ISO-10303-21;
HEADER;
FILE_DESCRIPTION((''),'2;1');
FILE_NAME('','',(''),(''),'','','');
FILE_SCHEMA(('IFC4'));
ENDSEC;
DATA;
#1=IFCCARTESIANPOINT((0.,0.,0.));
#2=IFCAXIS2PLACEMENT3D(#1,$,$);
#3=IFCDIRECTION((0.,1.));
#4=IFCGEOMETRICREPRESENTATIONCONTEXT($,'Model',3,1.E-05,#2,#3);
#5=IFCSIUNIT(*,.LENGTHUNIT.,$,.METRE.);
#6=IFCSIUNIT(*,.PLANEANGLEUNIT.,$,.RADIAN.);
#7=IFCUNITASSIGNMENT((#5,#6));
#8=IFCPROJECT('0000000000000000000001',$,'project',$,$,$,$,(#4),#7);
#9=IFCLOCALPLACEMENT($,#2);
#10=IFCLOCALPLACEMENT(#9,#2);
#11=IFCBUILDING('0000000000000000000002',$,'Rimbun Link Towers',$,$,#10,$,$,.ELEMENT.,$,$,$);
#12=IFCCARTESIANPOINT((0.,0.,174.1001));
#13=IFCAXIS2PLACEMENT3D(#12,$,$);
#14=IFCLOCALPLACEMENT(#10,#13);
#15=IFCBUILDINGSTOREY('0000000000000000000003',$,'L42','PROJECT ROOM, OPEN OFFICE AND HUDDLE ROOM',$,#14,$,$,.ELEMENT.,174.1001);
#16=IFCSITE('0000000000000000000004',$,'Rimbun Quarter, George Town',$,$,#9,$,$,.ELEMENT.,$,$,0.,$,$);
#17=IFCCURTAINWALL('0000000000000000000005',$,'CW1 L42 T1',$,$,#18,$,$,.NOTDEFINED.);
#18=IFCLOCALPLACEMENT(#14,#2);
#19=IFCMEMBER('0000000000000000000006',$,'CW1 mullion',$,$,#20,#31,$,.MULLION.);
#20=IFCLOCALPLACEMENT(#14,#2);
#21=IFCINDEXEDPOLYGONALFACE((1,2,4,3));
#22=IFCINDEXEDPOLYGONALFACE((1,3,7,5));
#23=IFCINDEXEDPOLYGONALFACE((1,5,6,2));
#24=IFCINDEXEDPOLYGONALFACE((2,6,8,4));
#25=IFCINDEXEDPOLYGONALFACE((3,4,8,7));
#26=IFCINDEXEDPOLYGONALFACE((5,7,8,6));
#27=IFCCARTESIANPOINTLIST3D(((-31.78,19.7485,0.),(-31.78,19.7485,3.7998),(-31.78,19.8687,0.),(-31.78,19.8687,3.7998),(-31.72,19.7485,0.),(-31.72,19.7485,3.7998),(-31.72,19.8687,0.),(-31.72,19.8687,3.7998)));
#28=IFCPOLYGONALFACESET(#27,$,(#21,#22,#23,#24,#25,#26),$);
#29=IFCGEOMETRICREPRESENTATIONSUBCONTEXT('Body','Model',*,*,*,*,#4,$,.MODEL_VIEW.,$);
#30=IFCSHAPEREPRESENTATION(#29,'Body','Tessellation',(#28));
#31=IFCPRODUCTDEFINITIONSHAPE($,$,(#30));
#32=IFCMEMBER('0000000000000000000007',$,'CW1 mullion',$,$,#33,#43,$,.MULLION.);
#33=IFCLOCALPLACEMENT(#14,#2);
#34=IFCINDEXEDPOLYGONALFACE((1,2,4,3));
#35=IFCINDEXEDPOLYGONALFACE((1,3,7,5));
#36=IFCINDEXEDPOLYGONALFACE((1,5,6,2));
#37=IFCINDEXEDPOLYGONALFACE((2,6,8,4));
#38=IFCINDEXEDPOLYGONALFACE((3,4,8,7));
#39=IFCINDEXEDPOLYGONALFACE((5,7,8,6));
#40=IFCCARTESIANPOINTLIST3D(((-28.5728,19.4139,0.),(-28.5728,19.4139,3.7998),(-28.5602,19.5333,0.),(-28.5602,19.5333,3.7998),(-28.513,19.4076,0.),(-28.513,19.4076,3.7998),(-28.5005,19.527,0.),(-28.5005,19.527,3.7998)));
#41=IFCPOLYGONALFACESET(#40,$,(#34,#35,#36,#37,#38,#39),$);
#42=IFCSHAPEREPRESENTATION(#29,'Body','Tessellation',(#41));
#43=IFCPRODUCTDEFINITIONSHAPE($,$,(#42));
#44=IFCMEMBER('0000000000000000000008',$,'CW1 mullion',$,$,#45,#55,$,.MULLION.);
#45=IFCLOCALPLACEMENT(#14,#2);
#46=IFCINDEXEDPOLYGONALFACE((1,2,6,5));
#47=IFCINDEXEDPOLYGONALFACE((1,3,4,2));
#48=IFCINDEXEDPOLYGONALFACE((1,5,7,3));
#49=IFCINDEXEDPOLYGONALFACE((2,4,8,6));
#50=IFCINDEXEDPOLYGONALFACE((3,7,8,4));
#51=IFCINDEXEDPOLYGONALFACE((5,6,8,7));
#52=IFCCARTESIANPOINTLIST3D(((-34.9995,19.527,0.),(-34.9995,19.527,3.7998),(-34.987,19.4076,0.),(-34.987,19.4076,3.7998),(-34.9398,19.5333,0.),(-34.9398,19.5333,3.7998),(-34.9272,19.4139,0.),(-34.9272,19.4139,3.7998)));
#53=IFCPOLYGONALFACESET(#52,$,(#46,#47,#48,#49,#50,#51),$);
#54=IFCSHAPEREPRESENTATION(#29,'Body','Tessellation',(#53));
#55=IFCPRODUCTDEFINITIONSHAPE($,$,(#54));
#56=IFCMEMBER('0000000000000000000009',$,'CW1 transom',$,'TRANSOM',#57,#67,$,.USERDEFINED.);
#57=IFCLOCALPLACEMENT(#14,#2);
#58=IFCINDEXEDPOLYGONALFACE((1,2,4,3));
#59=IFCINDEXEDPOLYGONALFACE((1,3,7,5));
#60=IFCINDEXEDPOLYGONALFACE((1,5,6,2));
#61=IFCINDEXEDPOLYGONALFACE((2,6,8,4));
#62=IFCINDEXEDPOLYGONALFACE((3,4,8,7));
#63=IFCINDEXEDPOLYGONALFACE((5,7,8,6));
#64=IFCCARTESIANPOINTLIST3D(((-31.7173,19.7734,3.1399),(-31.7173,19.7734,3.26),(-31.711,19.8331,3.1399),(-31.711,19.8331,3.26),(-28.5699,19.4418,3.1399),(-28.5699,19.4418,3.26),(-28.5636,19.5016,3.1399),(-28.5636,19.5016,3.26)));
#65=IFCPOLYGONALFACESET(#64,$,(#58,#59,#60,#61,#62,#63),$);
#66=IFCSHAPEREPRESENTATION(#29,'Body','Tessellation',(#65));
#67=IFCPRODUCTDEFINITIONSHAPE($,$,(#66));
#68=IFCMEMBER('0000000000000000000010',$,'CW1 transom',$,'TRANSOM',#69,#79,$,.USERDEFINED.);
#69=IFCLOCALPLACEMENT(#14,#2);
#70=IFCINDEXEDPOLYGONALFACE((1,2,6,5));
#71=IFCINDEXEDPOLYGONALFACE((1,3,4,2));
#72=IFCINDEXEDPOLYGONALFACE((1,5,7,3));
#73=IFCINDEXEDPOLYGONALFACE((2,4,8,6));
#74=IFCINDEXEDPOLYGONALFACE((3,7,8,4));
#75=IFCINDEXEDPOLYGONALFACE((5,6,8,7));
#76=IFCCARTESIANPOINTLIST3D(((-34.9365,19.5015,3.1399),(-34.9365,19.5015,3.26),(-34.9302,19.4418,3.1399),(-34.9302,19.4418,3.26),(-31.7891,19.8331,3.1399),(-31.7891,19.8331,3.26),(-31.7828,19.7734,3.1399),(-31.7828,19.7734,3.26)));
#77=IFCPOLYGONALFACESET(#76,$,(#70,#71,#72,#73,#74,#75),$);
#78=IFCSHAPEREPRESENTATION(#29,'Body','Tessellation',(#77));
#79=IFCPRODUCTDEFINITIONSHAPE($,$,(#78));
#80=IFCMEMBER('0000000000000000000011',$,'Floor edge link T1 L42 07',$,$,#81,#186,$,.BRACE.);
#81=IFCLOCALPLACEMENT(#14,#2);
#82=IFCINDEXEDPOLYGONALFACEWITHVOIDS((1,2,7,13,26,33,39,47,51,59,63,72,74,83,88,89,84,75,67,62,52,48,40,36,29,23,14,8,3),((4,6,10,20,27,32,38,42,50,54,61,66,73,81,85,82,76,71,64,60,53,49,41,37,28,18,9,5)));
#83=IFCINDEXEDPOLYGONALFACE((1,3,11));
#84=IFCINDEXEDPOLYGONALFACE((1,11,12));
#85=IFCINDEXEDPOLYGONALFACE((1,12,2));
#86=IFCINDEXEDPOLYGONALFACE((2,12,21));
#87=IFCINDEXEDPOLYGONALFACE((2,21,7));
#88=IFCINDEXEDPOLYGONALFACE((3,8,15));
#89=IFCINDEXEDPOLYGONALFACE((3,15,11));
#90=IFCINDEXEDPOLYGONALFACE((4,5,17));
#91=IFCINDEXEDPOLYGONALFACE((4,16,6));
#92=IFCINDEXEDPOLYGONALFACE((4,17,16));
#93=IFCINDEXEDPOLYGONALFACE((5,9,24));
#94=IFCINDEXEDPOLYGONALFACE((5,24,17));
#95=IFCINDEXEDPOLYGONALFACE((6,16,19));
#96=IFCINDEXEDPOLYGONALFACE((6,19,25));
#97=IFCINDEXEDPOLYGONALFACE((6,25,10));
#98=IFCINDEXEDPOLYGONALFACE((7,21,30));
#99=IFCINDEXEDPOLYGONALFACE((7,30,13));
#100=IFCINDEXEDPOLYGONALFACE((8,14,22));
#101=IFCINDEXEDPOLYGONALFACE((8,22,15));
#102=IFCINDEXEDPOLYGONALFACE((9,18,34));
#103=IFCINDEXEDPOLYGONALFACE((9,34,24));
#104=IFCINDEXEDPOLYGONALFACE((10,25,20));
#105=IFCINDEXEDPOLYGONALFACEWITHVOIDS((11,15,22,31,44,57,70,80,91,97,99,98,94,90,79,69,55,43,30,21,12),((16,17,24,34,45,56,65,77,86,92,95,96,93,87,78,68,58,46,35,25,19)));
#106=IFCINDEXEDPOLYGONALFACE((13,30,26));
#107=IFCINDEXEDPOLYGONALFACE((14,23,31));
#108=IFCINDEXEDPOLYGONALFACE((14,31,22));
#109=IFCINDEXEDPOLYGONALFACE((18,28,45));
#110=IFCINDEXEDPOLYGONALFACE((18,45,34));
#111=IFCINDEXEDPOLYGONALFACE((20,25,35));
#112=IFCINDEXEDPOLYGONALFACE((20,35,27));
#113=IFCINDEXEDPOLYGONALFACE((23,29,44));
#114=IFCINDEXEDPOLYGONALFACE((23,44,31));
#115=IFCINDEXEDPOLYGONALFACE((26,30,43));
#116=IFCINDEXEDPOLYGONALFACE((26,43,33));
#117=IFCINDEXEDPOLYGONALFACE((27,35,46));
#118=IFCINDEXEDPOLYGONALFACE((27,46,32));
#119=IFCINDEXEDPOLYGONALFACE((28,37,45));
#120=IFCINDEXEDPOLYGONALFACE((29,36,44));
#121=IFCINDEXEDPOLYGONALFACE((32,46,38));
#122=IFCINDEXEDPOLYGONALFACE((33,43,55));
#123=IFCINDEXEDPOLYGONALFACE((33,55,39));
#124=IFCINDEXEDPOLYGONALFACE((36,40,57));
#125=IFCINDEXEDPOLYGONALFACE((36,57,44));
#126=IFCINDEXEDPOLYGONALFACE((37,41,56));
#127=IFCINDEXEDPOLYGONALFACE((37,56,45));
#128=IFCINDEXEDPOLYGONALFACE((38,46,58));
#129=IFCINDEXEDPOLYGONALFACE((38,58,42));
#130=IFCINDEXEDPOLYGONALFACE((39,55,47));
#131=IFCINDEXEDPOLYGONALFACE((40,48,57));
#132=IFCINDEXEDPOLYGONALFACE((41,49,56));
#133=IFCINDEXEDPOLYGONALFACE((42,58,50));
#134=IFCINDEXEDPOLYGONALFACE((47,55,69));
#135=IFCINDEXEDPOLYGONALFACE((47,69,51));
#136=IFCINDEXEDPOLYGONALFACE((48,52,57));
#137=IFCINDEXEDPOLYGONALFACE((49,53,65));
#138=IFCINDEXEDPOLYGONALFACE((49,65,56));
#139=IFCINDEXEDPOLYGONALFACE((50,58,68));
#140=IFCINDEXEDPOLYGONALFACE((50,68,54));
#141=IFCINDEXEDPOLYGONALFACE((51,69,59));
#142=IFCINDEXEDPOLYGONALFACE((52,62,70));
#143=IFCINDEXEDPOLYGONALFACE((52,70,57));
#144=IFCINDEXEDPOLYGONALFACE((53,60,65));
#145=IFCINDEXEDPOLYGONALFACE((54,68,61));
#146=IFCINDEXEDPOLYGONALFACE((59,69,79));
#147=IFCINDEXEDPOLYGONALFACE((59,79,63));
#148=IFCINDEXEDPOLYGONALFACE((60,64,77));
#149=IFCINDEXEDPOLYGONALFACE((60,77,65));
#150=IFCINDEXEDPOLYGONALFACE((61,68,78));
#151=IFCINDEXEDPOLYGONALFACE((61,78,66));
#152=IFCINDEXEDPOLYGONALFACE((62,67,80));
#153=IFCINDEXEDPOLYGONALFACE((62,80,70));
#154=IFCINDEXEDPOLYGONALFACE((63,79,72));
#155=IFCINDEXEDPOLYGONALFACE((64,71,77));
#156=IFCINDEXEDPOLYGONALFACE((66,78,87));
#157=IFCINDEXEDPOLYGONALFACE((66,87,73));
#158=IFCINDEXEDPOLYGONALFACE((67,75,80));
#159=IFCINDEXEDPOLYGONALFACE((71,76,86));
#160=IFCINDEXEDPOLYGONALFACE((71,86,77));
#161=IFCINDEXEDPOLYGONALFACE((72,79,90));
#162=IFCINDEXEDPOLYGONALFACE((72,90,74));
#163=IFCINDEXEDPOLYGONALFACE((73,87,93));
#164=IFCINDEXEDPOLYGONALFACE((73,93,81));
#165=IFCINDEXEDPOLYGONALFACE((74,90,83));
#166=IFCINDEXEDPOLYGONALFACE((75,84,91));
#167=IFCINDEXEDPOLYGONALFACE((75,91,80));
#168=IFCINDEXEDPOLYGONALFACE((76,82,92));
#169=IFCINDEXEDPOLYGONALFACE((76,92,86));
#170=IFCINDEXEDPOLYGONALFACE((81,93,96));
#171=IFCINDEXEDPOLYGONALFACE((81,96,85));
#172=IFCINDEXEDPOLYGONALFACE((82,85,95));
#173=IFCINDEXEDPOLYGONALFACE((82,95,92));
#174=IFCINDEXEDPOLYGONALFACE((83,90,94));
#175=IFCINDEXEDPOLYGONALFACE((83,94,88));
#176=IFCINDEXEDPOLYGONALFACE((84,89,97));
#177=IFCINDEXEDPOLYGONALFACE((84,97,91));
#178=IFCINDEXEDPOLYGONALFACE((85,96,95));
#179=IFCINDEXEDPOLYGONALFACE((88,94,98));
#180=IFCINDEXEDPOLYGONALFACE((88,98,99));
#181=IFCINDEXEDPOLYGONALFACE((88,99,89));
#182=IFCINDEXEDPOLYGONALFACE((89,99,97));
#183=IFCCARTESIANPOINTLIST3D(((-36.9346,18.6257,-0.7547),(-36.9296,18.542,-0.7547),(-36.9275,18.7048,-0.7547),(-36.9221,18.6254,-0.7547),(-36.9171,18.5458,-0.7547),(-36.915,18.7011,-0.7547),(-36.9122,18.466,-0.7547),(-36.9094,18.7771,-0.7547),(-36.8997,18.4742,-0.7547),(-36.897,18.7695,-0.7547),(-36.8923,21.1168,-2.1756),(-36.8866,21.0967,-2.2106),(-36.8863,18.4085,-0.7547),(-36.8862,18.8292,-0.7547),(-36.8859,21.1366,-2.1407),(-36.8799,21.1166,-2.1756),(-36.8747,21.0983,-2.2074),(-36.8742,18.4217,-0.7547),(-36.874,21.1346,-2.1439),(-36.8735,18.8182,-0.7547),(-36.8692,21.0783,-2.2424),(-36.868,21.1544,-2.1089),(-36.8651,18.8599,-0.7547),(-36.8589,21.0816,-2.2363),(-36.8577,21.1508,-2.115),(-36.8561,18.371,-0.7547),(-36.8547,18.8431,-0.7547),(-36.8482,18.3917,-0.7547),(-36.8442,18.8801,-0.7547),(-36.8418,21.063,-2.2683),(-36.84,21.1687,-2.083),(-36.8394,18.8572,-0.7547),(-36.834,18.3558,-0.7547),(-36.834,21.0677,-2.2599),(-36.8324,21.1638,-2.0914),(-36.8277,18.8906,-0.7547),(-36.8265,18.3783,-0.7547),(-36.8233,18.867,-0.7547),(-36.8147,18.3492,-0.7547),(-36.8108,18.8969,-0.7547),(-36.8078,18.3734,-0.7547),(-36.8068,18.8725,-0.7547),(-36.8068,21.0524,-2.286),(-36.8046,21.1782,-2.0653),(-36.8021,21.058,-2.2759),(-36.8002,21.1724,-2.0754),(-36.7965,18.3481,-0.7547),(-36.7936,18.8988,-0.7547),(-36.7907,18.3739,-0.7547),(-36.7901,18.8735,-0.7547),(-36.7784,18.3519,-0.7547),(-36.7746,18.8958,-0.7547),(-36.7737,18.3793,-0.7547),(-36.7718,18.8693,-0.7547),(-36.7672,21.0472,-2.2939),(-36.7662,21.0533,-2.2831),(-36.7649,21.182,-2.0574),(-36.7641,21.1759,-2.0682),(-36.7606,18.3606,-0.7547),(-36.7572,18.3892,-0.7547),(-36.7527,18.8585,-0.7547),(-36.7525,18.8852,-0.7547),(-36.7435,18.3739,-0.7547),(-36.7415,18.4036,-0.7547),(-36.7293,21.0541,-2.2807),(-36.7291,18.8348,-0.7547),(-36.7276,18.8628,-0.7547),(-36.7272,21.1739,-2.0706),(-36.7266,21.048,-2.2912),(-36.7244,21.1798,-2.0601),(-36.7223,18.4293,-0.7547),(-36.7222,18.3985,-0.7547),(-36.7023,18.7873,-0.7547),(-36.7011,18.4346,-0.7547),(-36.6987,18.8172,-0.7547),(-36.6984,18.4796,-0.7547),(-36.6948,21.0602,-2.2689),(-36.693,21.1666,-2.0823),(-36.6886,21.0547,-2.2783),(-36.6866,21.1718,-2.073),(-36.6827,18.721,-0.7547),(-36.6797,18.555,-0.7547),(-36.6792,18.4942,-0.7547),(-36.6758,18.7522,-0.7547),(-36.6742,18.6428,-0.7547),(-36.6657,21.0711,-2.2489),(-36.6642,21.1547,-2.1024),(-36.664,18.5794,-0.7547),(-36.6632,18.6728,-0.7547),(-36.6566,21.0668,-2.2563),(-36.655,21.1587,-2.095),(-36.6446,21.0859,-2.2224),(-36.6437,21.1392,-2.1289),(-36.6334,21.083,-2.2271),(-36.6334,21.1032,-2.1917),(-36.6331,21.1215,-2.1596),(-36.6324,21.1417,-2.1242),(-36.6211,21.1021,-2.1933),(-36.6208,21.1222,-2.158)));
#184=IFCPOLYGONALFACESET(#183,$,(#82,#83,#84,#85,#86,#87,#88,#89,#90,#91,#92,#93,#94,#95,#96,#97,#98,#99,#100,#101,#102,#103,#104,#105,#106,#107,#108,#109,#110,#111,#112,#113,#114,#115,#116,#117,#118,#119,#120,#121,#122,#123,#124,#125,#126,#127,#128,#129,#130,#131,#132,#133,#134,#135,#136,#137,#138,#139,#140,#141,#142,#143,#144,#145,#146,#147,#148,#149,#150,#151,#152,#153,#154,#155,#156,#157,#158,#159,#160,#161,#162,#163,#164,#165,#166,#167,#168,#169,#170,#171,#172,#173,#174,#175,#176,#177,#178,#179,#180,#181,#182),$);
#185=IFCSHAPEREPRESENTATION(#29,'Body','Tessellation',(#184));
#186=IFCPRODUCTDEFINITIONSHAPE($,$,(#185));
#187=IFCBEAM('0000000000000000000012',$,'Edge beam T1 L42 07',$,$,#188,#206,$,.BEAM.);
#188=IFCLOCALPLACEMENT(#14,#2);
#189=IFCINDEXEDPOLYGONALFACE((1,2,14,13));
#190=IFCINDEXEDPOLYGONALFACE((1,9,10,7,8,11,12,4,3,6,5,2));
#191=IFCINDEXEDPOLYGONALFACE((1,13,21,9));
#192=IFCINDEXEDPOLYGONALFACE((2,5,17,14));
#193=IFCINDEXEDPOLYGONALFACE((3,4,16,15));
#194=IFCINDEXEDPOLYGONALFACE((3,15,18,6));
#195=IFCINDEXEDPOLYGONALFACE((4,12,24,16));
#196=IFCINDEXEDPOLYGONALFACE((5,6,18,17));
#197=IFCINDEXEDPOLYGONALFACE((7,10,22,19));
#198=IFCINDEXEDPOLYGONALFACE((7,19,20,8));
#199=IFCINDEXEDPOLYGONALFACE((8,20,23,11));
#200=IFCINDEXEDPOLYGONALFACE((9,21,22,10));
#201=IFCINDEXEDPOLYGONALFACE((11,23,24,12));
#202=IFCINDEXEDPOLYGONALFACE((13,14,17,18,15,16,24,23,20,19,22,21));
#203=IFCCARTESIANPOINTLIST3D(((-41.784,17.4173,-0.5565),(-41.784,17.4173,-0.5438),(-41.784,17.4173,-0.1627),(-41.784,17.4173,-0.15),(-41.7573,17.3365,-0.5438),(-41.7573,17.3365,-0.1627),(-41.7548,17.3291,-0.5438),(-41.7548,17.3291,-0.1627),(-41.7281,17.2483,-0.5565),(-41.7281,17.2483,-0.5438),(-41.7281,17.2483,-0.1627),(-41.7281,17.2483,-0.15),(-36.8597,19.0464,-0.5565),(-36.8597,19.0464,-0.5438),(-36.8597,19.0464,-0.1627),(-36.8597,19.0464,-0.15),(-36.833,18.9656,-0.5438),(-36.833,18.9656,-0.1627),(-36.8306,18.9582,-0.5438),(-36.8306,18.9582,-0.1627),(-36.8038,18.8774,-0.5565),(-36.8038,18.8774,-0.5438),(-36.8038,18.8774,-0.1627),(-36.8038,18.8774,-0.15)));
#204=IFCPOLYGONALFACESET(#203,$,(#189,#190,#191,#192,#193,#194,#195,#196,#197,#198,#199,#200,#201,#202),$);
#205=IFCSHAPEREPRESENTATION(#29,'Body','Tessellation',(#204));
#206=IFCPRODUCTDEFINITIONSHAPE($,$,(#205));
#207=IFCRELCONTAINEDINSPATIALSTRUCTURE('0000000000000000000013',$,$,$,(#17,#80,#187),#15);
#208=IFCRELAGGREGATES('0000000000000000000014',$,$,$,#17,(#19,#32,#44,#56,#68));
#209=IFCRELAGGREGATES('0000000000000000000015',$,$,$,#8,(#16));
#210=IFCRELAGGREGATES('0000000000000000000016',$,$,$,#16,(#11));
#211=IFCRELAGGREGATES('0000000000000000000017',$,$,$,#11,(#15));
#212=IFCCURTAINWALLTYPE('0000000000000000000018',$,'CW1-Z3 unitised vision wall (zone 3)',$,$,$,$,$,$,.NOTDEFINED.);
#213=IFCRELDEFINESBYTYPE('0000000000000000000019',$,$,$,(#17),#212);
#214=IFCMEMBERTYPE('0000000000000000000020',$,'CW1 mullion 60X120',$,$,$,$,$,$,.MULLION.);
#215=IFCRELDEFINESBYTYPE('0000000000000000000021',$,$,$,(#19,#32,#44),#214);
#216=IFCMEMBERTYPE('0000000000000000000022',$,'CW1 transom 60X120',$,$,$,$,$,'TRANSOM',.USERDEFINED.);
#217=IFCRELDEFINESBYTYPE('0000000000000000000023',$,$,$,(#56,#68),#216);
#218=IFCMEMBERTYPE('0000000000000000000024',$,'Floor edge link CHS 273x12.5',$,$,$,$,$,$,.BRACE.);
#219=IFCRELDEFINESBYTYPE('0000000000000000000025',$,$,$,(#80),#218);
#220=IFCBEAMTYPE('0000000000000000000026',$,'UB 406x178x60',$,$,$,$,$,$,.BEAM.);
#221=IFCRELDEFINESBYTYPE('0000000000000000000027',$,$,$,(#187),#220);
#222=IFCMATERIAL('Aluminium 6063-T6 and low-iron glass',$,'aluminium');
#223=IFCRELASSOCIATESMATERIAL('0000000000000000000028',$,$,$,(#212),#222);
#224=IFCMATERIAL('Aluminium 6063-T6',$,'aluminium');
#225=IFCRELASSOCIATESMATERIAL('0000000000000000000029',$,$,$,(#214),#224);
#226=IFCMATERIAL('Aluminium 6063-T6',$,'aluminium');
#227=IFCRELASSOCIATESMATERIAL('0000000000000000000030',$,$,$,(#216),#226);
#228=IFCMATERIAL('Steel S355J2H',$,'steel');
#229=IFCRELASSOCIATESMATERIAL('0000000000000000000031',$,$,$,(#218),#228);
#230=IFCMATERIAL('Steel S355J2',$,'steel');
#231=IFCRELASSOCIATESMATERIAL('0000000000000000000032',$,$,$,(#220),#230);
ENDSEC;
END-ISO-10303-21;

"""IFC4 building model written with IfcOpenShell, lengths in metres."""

from ifc_helpers import new_model, si_unit, direction, frame, origin, origin_2d, place, context, subcontext, project, spatial, rectangle, hollow_circle, i_section, extrude, clip, halfspace, material, material_profile, profile_set, type_object, element, aggregate, save


model = new_model("IFC4")

# Units and contexts
model_context = context("Model", 3, precision=1e-05, world=origin(), true_north=direction((0.0, 1.0)))
body_context = subcontext(model_context, "Body", "Model", "MODEL_VIEW")
ifc_project = project(units=[si_unit("LENGTHUNIT", "METRE"), si_unit("PLANEANGLEUNIT", "RADIAN")], contexts=[model_context])

# Site, building, storey
site_placement = place(None, origin())
site = spatial("IfcSite", under=ifc_project, at=site_placement, Name="Rimbun Quarter, George Town", CompositionType="ELEMENT", RefElevation=0.0)
building_placement = place(site_placement, origin())
building = spatial("IfcBuilding", under=site, at=building_placement, Name="Rimbun Link Towers", CompositionType="ELEMENT")
storey_placement = place(building_placement, frame((0.0, 0.0, 174.1001)))
storey = spatial("IfcBuildingStorey", under=building, at=storey_placement, Name="L42", Description="PROJECT ROOM, OPEN OFFICE AND HUDDLE ROOM", CompositionType="ELEMENT", Elevation=174.1001)

# Curtain wall, members
ifc_material_1 = material(Name="Aluminium 6063-T6 and low-iron glass", Category="aluminium")
curtain_wall_type = type_object("IfcCurtainWallType", Name="CW1-Z3 unitised vision wall (zone 3)", PredefinedType="NOTDEFINED", material=ifc_material_1)
curtain_wall_placement = place(storey_placement, origin())
curtain_wall = element("IfcCurtainWall", 1, at=curtain_wall_placement, inside=storey, type_object=curtain_wall_type, Name="CW1 L42 T1", PredefinedType="NOTDEFINED")
ifc_material_2 = material(Name="Aluminium 6063-T6", Category="aluminium")
ifc_material_profile_1 = material_profile(ifc_material_2, rectangle(XDim=0.1201, YDim=0.0601, at=origin_2d()), Name="MULLION 60X120")
ifc_profile_set_1 = profile_set([ifc_material_profile_1], Name="Aluminium 6063-T6")
member_type_1 = type_object("IfcMemberType", Name="CW1 mullion 60X120", PredefinedType="MULLION", material=ifc_profile_set_1)
member_1_placement = place(storey_placement, frame((-31.75, 19.8086, 0.0), z_axis=(0.0, 0.0, 1.0), x_axis=(0.0, 1.0, 0.0)))
member_1 = element("IfcMember", 2, at=member_1_placement, type_object=member_type_1, Name="CW1 mullion", PredefinedType="MULLION", context=body_context, shape_type="SweptSolid", body=[
    extrude(rectangle(XDim=0.1201, YDim=0.0601, at=origin_2d()), origin(), (0.0, 0.0, 1.0), 3.7998),
])
member_2_placement = place(storey_placement, frame((-28.5366, 19.4705, 0.0), z_axis=(0.0, 0.0, 1.0), x_axis=(0.104737, 0.9945, 0.0)))
member_2 = element("IfcMember", 3, at=member_2_placement, type_object=member_type_1, Name="CW1 mullion", PredefinedType="MULLION", context=body_context, shape_type="SweptSolid", body=[
    extrude(rectangle(XDim=0.1201, YDim=0.0601, at=origin_2d()), origin(), (0.0, 0.0, 1.0), 3.7998),
])
member_3_placement = place(storey_placement, frame((-34.9634, 19.4705, 0.0), z_axis=(0.0, 0.0, 1.0), x_axis=(-0.104737, 0.9945, 0.0)))
member_3 = element("IfcMember", 4, at=member_3_placement, type_object=member_type_1, Name="CW1 mullion", PredefinedType="MULLION", context=body_context, shape_type="SweptSolid", body=[
    extrude(rectangle(XDim=0.1201, YDim=0.0601, at=origin_2d()), origin(), (0.0, 0.0, 1.0), 3.7998),
])
ifc_material_3 = material(Name="Aluminium 6063-T6", Category="aluminium")
ifc_material_profile_2 = material_profile(ifc_material_3, rectangle(XDim=0.0601, YDim=0.1201, at=origin_2d()), Name="TRANSOM 60X120")
ifc_profile_set_2 = profile_set([ifc_material_profile_2], Name="Aluminium 6063-T6")
member_type_2 = type_object("IfcMemberType", Name="CW1 transom 60X120", ElementType="TRANSOM", PredefinedType="USERDEFINED", material=ifc_profile_set_2)
member_4_placement = place(storey_placement, frame((-31.7141, 19.8032, 3.2), z_axis=(0.994498, -0.104757, 0.0), x_axis=(0.104757, 0.994498, 0.0)))
member_4 = element("IfcMember", 5, at=member_4_placement, type_object=member_type_2, Name="CW1 transom", ObjectType="TRANSOM", PredefinedType="USERDEFINED", context=body_context, shape_type="SweptSolid", body=[
    extrude(rectangle(XDim=0.0601, YDim=0.1201, at=origin_2d()), origin(), (0.0, 0.0, 1.0), 3.1648),
])
member_5_placement = place(storey_placement, frame((-34.9333, 19.4717, 3.2), z_axis=(0.994498, 0.104757, 0.0), x_axis=(-0.104757, 0.994498, 0.0)))
member_5 = element("IfcMember", 6, at=member_5_placement, type_object=member_type_2, Name="CW1 transom", ObjectType="TRANSOM", PredefinedType="USERDEFINED", context=body_context, shape_type="SweptSolid", body=[
    extrude(rectangle(XDim=0.0601, YDim=0.1201, at=origin_2d()), origin(), (0.0, 0.0, 1.0), 3.1648),
])

# Member
ifc_material_4 = material(Name="Steel S355J2H", Category="steel")
ifc_material_profile_3 = material_profile(ifc_material_4, hollow_circle(Radius=0.1365, WallThickness=0.0125, at=origin_2d()), Name="CHS 273x12.5")
ifc_profile_set_3 = profile_set([ifc_material_profile_3], Name="Steel S355J2H")
member_type_3 = type_object("IfcMemberType", Name="Floor edge link CHS 273x12.5", PredefinedType="BRACE", material=ifc_profile_set_3)
member_6_placement = place(storey_placement, frame((-36.7947, 18.8269, -0.8708), z_axis=(0.01474, 0.868536, -0.495406), x_axis=(-0.999856, 0.016968, 0.0)))
element("IfcMember", 7, at=member_6_placement, inside=storey, type_object=member_type_3, Name="Floor edge link T1 L42 07", PredefinedType="BRACE", context=body_context, shape_type="Clipping", body=[
    clip(extrude(hollow_circle(Radius=0.1365, WallThickness=0.0125, at=origin_2d()), frame((0.0, 0.0, -0.4988)), (0.0, 0.0, 1.0), 3.1326), halfspace(frame((0.0, 0.0, -0.2344), z_axis=(0.0, 0.868662, -0.495406)), False)),
])

# Beam
ifc_material_5 = material(Name="Steel S355J2", Category="steel")
ifc_material_profile_4 = material_profile(ifc_material_5, i_section(OverallWidth=0.178, OverallDepth=0.4065, WebThickness=0.0078, FlangeThickness=0.0127, at=origin_2d()), Name="UB 406x178x60")
ifc_profile_set_4 = profile_set([ifc_material_profile_4], Name="Steel S355J2")
beam_type_1 = type_object("IfcBeamType", Name="UB 406x178x60", PredefinedType="BEAM", material=ifc_profile_set_4)
beam_1_placement = place(storey_placement, frame((-36.8318, 18.9619, -0.3533), z_axis=(-0.949392, -0.314095, 0.0), x_axis=(0.314095, -0.949392, 0.0)))
element("IfcBeam", 8, at=beam_1_placement, inside=storey, type_object=beam_type_1, Name="Edge beam T1 L42 07", PredefinedType="BEAM", context=body_context, shape_type="SweptSolid", body=[
    extrude(i_section(OverallWidth=0.178, OverallDepth=0.4065, WebThickness=0.0078, FlangeThickness=0.0127, at=origin_2d()), origin(), (0.0, 0.0, 1.0), 5.1868),
])

aggregate(curtain_wall, [member_1, member_2, member_3, member_4, member_5])

save(model, "model.ifc")
